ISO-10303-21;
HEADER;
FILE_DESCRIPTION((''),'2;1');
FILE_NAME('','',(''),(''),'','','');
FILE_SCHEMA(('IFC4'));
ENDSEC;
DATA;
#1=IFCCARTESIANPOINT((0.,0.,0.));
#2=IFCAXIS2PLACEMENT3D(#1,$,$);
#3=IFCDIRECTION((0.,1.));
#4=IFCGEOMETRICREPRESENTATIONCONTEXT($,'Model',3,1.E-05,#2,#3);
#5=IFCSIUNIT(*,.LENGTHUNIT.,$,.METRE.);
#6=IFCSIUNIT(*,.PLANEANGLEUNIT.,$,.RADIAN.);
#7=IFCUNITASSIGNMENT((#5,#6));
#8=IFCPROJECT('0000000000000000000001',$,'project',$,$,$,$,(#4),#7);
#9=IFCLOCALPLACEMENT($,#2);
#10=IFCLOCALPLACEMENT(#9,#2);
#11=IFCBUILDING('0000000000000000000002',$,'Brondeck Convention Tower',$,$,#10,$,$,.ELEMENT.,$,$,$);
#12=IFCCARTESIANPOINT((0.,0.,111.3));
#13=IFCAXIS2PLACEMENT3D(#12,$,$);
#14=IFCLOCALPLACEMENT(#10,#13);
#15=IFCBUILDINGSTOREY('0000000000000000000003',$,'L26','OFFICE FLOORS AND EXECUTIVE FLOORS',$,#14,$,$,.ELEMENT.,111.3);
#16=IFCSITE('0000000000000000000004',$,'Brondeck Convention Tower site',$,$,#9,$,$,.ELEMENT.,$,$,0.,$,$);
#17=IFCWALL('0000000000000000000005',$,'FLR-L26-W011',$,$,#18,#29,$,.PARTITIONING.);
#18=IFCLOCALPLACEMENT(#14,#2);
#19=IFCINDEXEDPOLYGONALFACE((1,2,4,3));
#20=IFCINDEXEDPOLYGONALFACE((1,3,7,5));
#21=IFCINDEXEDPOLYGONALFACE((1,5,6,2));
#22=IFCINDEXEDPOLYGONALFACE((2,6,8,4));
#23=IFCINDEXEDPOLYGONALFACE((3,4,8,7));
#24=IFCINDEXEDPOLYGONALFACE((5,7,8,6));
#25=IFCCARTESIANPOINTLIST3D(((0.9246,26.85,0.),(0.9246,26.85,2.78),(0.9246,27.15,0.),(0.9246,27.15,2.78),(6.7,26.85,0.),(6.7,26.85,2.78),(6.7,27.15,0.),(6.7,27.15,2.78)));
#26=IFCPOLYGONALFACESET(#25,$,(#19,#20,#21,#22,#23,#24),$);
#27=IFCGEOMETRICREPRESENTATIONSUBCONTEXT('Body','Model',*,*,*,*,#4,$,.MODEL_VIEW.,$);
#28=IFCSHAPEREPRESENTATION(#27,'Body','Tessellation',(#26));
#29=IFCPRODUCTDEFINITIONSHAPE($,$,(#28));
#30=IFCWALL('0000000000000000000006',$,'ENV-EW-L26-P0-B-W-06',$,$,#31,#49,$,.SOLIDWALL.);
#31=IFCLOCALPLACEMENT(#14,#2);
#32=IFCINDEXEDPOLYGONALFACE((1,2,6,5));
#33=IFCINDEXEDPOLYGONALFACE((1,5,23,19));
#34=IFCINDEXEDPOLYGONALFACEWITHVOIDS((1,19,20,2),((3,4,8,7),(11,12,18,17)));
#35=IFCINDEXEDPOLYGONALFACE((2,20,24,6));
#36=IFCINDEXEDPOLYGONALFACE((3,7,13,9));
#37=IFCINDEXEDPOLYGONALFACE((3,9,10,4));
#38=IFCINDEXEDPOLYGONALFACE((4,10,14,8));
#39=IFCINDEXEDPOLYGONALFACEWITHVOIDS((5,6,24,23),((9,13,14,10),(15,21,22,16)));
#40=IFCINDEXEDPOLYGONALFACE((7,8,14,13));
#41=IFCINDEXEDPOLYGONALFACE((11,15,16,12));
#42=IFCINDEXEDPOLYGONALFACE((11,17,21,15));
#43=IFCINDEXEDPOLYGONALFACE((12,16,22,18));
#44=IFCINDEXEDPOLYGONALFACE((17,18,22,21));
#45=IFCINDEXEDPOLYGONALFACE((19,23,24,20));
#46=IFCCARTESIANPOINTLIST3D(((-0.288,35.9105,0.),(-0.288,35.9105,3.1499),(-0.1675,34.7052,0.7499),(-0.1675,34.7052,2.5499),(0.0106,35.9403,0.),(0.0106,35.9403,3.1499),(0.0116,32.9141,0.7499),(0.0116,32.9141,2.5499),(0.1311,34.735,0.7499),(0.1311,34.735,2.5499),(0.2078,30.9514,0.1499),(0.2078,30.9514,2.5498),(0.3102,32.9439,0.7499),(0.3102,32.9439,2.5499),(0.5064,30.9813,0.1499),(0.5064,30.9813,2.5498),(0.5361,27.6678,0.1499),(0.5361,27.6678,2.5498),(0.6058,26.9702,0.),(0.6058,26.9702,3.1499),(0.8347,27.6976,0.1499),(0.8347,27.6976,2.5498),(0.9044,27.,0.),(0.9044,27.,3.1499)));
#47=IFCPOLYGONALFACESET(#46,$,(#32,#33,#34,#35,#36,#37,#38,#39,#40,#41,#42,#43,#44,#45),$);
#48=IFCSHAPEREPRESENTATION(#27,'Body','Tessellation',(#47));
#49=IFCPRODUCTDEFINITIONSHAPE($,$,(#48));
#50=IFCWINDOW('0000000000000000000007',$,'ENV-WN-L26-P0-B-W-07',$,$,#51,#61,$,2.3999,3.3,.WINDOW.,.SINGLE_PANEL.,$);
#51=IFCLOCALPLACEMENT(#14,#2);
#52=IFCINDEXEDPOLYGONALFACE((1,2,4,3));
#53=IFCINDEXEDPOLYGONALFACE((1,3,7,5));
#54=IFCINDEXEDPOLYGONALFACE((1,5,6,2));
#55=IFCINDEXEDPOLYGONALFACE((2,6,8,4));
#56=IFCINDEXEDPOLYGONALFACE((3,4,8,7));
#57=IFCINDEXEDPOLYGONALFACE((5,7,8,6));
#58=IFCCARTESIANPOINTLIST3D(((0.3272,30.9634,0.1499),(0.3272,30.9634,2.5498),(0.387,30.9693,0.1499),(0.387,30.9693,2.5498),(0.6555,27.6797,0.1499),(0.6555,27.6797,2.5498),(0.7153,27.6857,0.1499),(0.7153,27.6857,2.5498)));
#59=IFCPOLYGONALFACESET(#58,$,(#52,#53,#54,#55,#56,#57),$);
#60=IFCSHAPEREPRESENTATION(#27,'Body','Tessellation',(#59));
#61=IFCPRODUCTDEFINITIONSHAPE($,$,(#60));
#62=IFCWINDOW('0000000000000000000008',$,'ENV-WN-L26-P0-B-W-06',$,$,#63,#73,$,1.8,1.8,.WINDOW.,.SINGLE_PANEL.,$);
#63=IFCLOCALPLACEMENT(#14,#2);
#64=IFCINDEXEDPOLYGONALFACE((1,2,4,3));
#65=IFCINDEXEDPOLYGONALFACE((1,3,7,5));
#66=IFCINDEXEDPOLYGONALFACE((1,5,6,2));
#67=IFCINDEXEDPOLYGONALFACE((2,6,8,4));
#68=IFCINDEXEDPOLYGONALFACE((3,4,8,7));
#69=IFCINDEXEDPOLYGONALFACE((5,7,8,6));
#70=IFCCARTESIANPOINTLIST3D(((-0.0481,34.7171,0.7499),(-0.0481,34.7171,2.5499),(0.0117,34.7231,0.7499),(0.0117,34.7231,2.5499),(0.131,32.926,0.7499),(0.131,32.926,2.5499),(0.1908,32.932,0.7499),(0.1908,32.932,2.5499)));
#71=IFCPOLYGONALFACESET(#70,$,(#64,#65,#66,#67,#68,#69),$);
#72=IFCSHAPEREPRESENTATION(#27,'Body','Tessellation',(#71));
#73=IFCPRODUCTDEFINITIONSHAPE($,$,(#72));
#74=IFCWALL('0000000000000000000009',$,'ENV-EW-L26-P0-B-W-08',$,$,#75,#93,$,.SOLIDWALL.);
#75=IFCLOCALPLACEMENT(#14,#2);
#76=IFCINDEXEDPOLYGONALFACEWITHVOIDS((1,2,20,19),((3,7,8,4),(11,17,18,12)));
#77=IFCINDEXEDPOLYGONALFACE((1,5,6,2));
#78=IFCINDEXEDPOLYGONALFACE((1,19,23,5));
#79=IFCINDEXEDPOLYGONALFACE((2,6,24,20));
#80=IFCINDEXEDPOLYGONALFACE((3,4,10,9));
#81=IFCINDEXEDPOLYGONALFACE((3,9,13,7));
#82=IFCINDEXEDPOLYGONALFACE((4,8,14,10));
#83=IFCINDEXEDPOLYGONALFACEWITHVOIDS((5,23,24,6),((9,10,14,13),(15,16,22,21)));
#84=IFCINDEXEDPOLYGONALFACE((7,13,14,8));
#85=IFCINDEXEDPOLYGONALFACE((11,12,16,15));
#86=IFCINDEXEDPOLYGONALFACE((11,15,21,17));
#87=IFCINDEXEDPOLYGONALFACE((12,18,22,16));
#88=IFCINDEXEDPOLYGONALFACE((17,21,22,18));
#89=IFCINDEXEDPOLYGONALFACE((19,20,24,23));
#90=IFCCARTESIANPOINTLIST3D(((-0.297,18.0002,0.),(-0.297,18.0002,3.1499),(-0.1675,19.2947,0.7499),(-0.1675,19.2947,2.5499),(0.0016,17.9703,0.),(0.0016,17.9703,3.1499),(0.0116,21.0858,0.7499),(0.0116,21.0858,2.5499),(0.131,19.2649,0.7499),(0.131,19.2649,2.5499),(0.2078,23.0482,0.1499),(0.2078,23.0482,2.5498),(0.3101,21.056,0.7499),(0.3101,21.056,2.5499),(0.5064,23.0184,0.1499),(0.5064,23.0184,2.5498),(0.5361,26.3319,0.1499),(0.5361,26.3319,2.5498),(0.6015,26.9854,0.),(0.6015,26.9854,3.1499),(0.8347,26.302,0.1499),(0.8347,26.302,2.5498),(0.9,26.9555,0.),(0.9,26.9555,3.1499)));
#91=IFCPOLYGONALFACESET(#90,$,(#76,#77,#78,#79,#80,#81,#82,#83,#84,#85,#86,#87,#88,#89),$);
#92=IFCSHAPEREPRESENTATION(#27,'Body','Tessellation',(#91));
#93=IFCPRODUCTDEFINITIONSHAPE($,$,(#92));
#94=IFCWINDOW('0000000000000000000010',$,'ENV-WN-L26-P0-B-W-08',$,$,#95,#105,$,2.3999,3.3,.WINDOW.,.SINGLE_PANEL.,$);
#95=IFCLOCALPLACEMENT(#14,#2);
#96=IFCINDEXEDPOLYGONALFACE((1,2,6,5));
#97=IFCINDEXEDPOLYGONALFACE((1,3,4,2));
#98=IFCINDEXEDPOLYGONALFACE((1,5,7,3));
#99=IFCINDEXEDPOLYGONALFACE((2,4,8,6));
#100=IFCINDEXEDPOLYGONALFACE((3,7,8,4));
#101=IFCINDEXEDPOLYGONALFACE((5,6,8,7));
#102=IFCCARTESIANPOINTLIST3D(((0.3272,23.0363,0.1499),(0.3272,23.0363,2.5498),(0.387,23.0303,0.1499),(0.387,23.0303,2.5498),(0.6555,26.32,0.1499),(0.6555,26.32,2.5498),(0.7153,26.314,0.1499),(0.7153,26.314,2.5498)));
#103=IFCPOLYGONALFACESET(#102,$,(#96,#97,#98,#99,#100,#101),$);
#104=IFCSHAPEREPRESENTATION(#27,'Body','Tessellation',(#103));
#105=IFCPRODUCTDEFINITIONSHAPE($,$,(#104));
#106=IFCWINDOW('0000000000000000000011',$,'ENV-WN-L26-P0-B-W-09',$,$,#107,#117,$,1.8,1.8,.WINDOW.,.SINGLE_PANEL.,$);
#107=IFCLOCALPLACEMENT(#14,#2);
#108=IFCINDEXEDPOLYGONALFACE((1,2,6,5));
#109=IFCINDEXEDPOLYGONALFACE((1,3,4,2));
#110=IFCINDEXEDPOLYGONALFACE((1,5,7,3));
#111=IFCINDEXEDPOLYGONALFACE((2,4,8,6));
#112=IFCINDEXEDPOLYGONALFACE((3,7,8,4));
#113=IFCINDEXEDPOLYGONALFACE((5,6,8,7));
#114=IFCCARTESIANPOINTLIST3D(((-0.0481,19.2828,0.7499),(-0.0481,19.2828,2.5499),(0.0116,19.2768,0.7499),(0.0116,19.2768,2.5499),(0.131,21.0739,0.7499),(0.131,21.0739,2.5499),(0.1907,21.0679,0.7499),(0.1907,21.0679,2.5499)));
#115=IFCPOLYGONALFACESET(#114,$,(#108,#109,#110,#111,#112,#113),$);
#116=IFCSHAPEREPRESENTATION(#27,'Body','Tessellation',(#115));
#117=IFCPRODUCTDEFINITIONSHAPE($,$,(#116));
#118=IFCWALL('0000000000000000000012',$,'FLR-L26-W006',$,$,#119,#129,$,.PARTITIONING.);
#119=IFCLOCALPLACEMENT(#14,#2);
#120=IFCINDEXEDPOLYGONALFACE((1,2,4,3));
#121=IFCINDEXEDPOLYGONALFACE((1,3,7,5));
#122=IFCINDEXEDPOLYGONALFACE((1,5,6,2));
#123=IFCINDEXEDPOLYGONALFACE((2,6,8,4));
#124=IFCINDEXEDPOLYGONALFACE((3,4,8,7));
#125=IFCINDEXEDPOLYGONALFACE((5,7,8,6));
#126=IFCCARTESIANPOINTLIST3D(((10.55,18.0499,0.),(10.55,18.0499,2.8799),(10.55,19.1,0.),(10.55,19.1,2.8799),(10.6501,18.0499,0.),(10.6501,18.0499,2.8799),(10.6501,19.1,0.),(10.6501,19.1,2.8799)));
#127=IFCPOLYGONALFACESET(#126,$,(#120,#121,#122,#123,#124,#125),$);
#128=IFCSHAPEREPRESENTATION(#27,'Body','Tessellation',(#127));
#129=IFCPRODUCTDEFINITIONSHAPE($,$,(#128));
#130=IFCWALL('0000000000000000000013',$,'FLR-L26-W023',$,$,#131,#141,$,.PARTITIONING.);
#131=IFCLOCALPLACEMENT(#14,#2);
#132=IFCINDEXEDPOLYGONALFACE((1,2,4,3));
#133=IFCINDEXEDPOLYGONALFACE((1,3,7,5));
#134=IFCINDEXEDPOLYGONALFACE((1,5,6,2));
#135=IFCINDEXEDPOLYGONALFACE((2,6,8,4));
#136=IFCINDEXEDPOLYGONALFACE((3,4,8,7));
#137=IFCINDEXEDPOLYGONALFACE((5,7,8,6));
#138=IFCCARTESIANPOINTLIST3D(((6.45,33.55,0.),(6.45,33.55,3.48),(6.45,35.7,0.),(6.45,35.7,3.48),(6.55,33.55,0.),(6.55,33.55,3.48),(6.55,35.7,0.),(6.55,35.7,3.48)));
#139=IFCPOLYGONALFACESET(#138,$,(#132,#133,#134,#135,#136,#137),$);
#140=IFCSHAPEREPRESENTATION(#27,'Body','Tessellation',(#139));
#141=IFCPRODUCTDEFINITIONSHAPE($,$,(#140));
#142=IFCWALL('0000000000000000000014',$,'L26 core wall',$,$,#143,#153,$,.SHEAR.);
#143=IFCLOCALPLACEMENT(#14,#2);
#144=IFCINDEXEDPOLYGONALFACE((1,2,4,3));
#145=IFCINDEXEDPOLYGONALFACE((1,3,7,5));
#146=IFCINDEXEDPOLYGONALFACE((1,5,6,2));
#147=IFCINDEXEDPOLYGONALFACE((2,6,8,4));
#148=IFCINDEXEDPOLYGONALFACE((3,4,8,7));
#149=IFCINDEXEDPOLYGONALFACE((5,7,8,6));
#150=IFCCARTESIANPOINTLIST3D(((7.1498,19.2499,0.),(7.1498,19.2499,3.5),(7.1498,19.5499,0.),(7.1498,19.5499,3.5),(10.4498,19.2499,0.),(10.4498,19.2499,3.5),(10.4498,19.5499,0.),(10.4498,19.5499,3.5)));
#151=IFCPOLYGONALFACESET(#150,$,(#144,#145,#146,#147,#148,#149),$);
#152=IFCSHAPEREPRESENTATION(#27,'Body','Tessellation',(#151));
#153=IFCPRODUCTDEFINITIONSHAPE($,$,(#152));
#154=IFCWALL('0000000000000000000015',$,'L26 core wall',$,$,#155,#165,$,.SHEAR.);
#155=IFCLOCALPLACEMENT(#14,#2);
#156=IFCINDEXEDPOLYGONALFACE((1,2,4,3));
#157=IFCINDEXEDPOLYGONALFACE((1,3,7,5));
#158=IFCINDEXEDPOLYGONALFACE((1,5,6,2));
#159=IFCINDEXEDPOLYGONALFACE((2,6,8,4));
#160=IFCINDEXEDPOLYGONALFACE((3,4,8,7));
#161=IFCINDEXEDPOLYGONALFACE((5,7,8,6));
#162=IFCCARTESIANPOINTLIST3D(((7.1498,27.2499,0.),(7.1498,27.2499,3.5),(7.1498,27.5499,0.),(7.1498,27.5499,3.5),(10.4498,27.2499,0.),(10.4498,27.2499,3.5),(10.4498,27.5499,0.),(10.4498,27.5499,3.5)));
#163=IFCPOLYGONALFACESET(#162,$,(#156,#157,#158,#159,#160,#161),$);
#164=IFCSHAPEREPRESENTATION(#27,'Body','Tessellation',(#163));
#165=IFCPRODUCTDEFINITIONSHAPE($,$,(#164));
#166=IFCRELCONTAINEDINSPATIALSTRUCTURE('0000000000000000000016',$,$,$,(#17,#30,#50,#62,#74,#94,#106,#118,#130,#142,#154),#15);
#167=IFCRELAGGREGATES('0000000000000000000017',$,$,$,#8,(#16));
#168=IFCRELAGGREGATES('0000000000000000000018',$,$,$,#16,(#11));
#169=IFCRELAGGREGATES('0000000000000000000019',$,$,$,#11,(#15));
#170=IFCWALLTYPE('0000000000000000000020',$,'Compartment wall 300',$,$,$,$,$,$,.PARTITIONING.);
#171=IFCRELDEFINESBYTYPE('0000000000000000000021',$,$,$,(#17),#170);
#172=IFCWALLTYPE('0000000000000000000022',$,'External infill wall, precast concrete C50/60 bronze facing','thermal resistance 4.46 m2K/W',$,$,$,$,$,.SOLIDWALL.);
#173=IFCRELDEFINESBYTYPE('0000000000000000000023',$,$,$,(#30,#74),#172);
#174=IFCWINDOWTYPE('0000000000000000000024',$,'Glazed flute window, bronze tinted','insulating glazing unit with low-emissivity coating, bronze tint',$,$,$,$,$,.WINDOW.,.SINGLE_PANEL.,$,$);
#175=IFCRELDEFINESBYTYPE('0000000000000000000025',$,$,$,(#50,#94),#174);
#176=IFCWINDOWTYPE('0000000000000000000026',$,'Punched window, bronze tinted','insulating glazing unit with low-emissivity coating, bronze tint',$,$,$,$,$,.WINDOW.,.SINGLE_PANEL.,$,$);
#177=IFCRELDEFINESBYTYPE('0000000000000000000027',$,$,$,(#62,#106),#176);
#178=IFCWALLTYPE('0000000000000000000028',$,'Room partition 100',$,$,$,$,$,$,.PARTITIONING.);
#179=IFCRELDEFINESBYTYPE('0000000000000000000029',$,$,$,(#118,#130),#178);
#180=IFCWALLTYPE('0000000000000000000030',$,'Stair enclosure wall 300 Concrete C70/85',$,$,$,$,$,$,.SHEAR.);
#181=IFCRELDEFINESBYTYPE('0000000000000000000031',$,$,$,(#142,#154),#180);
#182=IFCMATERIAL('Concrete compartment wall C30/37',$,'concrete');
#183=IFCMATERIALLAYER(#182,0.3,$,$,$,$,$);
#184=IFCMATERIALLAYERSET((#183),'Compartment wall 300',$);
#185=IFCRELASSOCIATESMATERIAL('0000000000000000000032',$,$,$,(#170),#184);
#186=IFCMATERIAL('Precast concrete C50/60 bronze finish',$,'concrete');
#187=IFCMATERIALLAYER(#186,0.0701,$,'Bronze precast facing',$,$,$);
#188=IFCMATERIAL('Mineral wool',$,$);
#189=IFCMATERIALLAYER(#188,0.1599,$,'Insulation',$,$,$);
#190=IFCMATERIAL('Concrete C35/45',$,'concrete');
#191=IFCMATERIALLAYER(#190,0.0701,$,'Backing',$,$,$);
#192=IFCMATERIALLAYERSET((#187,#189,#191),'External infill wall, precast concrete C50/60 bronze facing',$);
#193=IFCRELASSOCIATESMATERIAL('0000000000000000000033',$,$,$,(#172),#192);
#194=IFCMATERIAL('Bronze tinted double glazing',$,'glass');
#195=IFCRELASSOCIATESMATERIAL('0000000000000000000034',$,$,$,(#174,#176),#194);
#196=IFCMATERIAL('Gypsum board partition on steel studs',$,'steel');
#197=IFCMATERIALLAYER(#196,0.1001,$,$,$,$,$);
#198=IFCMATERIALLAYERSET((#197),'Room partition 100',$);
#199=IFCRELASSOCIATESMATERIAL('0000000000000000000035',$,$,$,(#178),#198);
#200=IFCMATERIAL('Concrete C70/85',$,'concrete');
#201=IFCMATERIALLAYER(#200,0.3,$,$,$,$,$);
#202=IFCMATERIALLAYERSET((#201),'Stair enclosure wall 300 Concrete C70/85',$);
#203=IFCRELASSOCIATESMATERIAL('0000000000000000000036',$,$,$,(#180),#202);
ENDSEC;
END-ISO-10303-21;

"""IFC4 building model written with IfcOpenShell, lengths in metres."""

from ifc_helpers import new_model, si_unit, direction, frame, frame_2d, origin, place, context, subcontext, project, spatial, rectangle, extrude, material, layer, layer_set, type_object, element, fill, save


model = new_model("IFC4")

# Units and contexts
model_context = context("Model", 3, precision=1e-05, world=origin(), true_north=direction((0.0, 1.0)))
body_context = subcontext(model_context, "Body", "Model", "MODEL_VIEW")
ifc_project = project(units=[si_unit("LENGTHUNIT", "METRE"), si_unit("PLANEANGLEUNIT", "RADIAN")], contexts=[model_context])

# Site, building, storey
site_placement = place(None, origin())
site = spatial("IfcSite", under=ifc_project, at=site_placement, Name="Brondeck Convention Tower site", CompositionType="ELEMENT", RefElevation=0.0)
building_placement = place(site_placement, origin())
building = spatial("IfcBuilding", under=site, at=building_placement, Name="Brondeck Convention Tower", CompositionType="ELEMENT")
storey_placement = place(building_placement, frame((0.0, 0.0, 111.3)))
storey = spatial("IfcBuildingStorey", under=building, at=storey_placement, Name="L26", Description="OFFICE FLOORS AND EXECUTIVE FLOORS", CompositionType="ELEMENT", Elevation=111.3)

# Shared definitions
ifc_material_1 = material(Name="Concrete C70/85", Category="concrete")

# Wall
ifc_material_2 = material(Name="Concrete compartment wall C30/37", Category="concrete")
ifc_layer_1 = layer(ifc_material_2, 0.3)
ifc_layer_set_1 = layer_set([ifc_layer_1], Name="Compartment wall 300")
wall_type_1 = type_object("IfcWallType", Name="Compartment wall 300", PredefinedType="PARTITIONING", material=ifc_layer_set_1)
wall_1_placement = place(storey_placement, frame((0.9246, 27.0, 0.0), z_axis=(0.0, 0.0, 1.0), x_axis=(1.0, 0.0, 0.0)))
element("IfcWall", 1, at=wall_1_placement, inside=storey, type_object=wall_type_1, Name="FLR-L26-W011", PredefinedType="PARTITIONING", context=body_context, shape_type="SweptSolid", body=[
    extrude(rectangle(XDim=5.7754, YDim=0.3, at=frame_2d((2.8877, 0.0))), origin(), (0.0, 0.0, 1.0), 2.78),
])

# Walls, openings, windows
ifc_material_3 = material(Name="Precast concrete C50/60 bronze finish", Category="concrete")
ifc_layer_2 = layer(ifc_material_3, 0.0701, Name="Bronze precast facing")
ifc_material_4 = material(Name="Mineral wool")
ifc_layer_3 = layer(ifc_material_4, 0.1599, Name="Insulation")
ifc_material_5 = material(Name="Concrete C35/45", Category="concrete")
ifc_layer_4 = layer(ifc_material_5, 0.0701, Name="Backing")
ifc_layer_set_2 = layer_set([ifc_layer_2, ifc_layer_3, ifc_layer_4], Name="External infill wall, precast concrete C50/60 bronze facing")
wall_type_2 = type_object("IfcWallType", Name="External infill wall, precast concrete C50/60 bronze facing", Description="thermal resistance 4.46 m2K/W", PredefinedType="SOLIDWALL", material=ifc_layer_set_2)
wall_2_placement = place(storey_placement, frame((0.7551, 26.9851, 0.0), z_axis=(0.0, 0.0, 1.0), x_axis=(-0.09948, 0.99504, 0.0)))
wall_2 = element("IfcWall", 2, at=wall_2_placement, inside=storey, type_object=wall_type_2, Name="ENV-EW-L26-P0-B-W-06", PredefinedType="SOLIDWALL", context=body_context, shape_type="SweptSolid", body=[
    extrude(rectangle(XDim=8.9849, YDim=0.3, at=frame_2d((4.4924, 0.0))), origin(), (0.0, 0.0, 1.0), 3.1499),
])
opening_1_placement = place(wall_2_placement, frame((0.7012, 0.0, 0.1499)))
opening_1 = element("IfcOpeningElement", 3, at=opening_1_placement, cuts=wall_2, PredefinedType="OPENING", context=body_context, shape_type="SweptSolid", body=[
    extrude(rectangle(XDim=3.3, YDim=2.3999, at=frame_2d((1.6499, 1.2))), frame((0.0, 0.1599, 0.0), z_axis=(0.0, -1.0, 0.0), x_axis=(1.0, 0.0, 0.0)), (0.0, 0.0, 1.0), 0.3201),
])
opening_2_placement = place(wall_2_placement, frame((5.9736, 0.0, 0.75)))
opening_2 = element("IfcOpeningElement", 4, at=opening_2_placement, cuts=wall_2, PredefinedType="OPENING", context=body_context, shape_type="SweptSolid", body=[
    extrude(rectangle(XDim=1.8, YDim=1.8, at=frame_2d((0.8999, 0.8999))), frame((0.0, 0.1599, 0.0), z_axis=(0.0, -1.0, 0.0), x_axis=(1.0, 0.0, 0.0)), (0.0, 0.0, 1.0), 0.3201),
])
ifc_material_6 = material(Name="Bronze tinted double glazing", Category="glass")
window_type_1 = type_object("IfcWindowType", Name="Glazed flute window, bronze tinted", Description="insulating glazing unit with low-emissivity coating, bronze tint", PartitioningType="SINGLE_PANEL", PredefinedType="WINDOW", material=ifc_material_6)
window_1_placement = place(opening_1_placement, origin())
window_1 = element("IfcWindow", 5, at=window_1_placement, inside=storey, type_object=window_type_1, Name="ENV-WN-L26-P0-B-W-07", OverallHeight=2.3999, OverallWidth=3.3, PartitioningType="SINGLE_PANEL", PredefinedType="WINDOW", context=body_context, shape_type="SweptSolid", body=[
    extrude(rectangle(XDim=3.3, YDim=2.3999, at=frame_2d((1.6499, 1.2))), frame((0.0, 0.03, 0.0), z_axis=(0.0, -1.0, 0.0), x_axis=(1.0, 0.0, 0.0)), (0.0, 0.0, 1.0), 0.0601),
])
fill(opening_1, window_1)
window_type_2 = type_object("IfcWindowType", Name="Punched window, bronze tinted", Description="insulating glazing unit with low-emissivity coating, bronze tint", PartitioningType="SINGLE_PANEL", PredefinedType="WINDOW", material=ifc_material_6)
window_2_placement = place(opening_2_placement, origin())
window_2 = element("IfcWindow", 6, at=window_2_placement, inside=storey, type_object=window_type_2, Name="ENV-WN-L26-P0-B-W-06", OverallHeight=1.8, OverallWidth=1.8, PartitioningType="SINGLE_PANEL", PredefinedType="WINDOW", context=body_context, shape_type="SweptSolid", body=[
    extrude(rectangle(XDim=1.8, YDim=1.8, at=frame_2d((0.8999, 0.8999))), frame((0.0, 0.03, 0.0), z_axis=(0.0, -1.0, 0.0), x_axis=(1.0, 0.0, 0.0)), (0.0, 0.0, 1.0), 0.0601),
])
fill(opening_2, window_2)
wall_3_placement = place(storey_placement, frame((-0.1477, 17.9851, 0.0), z_axis=(0.0, 0.0, 1.0), x_axis=(0.099496, 0.995038, 0.0)))
wall_3 = element("IfcWall", 7, at=wall_3_placement, inside=storey, type_object=wall_type_2, Name="ENV-EW-L26-P0-B-W-08", PredefinedType="SOLIDWALL", context=body_context, shape_type="SweptSolid", body=[
    extrude(rectangle(XDim=9.03, YDim=0.3, at=frame_2d((4.5151, 0.0))), origin(), (0.0, 0.0, 1.0), 3.1499),
])
opening_3_placement = place(wall_3_placement, frame((1.3013, 0.0, 0.75)))
opening_3 = element("IfcOpeningElement", 8, at=opening_3_placement, cuts=wall_3, PredefinedType="OPENING", context=body_context, shape_type="SweptSolid", body=[
    extrude(rectangle(XDim=1.8, YDim=1.8, at=frame_2d((0.8999, 0.8999))), frame((0.0, 0.1599, 0.0), z_axis=(0.0, -1.0, 0.0), x_axis=(1.0, 0.0, 0.0)), (0.0, 0.0, 1.0), 0.3201),
])
opening_4_placement = place(wall_3_placement, frame((5.0735, 0.0, 0.1499)))
opening_4 = element("IfcOpeningElement", 9, at=opening_4_placement, cuts=wall_3, PredefinedType="OPENING", context=body_context, shape_type="SweptSolid", body=[
    extrude(rectangle(XDim=3.3, YDim=2.3999, at=frame_2d((1.6499, 1.2))), frame((0.0, 0.1599, 0.0), z_axis=(0.0, -1.0, 0.0), x_axis=(1.0, 0.0, 0.0)), (0.0, 0.0, 1.0), 0.3201),
])
window_3_placement = place(opening_4_placement, origin())
window_3 = element("IfcWindow", 10, at=window_3_placement, inside=storey, type_object=window_type_1, Name="ENV-WN-L26-P0-B-W-08", OverallHeight=2.3999, OverallWidth=3.3, PartitioningType="SINGLE_PANEL", PredefinedType="WINDOW", context=body_context, shape_type="SweptSolid", body=[
    extrude(rectangle(XDim=3.3, YDim=2.3999, at=frame_2d((1.6499, 1.2))), frame((0.0, 0.03, 0.0), z_axis=(0.0, -1.0, 0.0), x_axis=(1.0, 0.0, 0.0)), (0.0, 0.0, 1.0), 0.0601),
])
fill(opening_4, window_3)
window_4_placement = place(opening_3_placement, origin())
window_4 = element("IfcWindow", 11, at=window_4_placement, inside=storey, type_object=window_type_2, Name="ENV-WN-L26-P0-B-W-09", OverallHeight=1.8, OverallWidth=1.8, PartitioningType="SINGLE_PANEL", PredefinedType="WINDOW", context=body_context, shape_type="SweptSolid", body=[
    extrude(rectangle(XDim=1.8, YDim=1.8, at=frame_2d((0.8999, 0.8999))), frame((0.0, 0.03, 0.0), z_axis=(0.0, -1.0, 0.0), x_axis=(1.0, 0.0, 0.0)), (0.0, 0.0, 1.0), 0.0601),
])
fill(opening_3, window_4)

# Walls
ifc_material_7 = material(Name="Gypsum board partition on steel studs", Category="steel")
ifc_layer_5 = layer(ifc_material_7, 0.1001)
ifc_layer_set_3 = layer_set([ifc_layer_5], Name="Room partition 100")
wall_type_3 = type_object("IfcWallType", Name="Room partition 100", PredefinedType="PARTITIONING", material=ifc_layer_set_3)
wall_4_placement = place(storey_placement, frame((10.6001, 18.05, 0.0), z_axis=(0.0, 0.0, 1.0), x_axis=(0.0, 1.0, 0.0)))
element("IfcWall", 12, at=wall_4_placement, inside=storey, type_object=wall_type_3, Name="FLR-L26-W006", PredefinedType="PARTITIONING", context=body_context, shape_type="SweptSolid", body=[
    extrude(rectangle(XDim=1.05, YDim=0.1001, at=frame_2d((0.5249, 0.0))), origin(), (0.0, 0.0, 1.0), 2.8799),
])
wall_5_placement = place(storey_placement, frame((6.5, 33.55, 0.0), z_axis=(0.0, 0.0, 1.0), x_axis=(0.0, 1.0, 0.0)))
element("IfcWall", 13, at=wall_5_placement, inside=storey, type_object=wall_type_3, Name="FLR-L26-W023", PredefinedType="PARTITIONING", context=body_context, shape_type="SweptSolid", body=[
    extrude(rectangle(XDim=2.1499, YDim=0.1001, at=frame_2d((1.075, 0.0))), origin(), (0.0, 0.0, 1.0), 3.48),
])
ifc_layer_6 = layer(ifc_material_1, 0.3)
ifc_layer_set_4 = layer_set([ifc_layer_6], Name="Stair enclosure wall 300 Concrete C70/85")
wall_type_4 = type_object("IfcWallType", Name="Stair enclosure wall 300 Concrete C70/85", PredefinedType="SHEAR", material=ifc_layer_set_4)
for number, where, z_axis, x_axis, name in (
    (14, (7.1499, 19.3999, 0.0), (0.0, 0.0, 1.0), (1.0, 0.0, 0.0), "L26 core wall"),
    (15, (7.1499, 27.3999, 0.0), (0.0, 0.0, 1.0), (1.0, 0.0, 0.0), "L26 core wall"),
):
    element("IfcWall", number, at=place(storey_placement, frame(where, z_axis=z_axis, x_axis=x_axis)), inside=storey, type_object=wall_type_4, Name=name, PredefinedType="SHEAR", context=body_context, shape_type="SweptSolid", body=[
        extrude(rectangle(XDim=3.3, YDim=0.3, at=frame_2d((1.6499, 0.0))), origin(), (0.0, 0.0, 1.0), 3.5),
    ])

save(model, "model.ifc")
